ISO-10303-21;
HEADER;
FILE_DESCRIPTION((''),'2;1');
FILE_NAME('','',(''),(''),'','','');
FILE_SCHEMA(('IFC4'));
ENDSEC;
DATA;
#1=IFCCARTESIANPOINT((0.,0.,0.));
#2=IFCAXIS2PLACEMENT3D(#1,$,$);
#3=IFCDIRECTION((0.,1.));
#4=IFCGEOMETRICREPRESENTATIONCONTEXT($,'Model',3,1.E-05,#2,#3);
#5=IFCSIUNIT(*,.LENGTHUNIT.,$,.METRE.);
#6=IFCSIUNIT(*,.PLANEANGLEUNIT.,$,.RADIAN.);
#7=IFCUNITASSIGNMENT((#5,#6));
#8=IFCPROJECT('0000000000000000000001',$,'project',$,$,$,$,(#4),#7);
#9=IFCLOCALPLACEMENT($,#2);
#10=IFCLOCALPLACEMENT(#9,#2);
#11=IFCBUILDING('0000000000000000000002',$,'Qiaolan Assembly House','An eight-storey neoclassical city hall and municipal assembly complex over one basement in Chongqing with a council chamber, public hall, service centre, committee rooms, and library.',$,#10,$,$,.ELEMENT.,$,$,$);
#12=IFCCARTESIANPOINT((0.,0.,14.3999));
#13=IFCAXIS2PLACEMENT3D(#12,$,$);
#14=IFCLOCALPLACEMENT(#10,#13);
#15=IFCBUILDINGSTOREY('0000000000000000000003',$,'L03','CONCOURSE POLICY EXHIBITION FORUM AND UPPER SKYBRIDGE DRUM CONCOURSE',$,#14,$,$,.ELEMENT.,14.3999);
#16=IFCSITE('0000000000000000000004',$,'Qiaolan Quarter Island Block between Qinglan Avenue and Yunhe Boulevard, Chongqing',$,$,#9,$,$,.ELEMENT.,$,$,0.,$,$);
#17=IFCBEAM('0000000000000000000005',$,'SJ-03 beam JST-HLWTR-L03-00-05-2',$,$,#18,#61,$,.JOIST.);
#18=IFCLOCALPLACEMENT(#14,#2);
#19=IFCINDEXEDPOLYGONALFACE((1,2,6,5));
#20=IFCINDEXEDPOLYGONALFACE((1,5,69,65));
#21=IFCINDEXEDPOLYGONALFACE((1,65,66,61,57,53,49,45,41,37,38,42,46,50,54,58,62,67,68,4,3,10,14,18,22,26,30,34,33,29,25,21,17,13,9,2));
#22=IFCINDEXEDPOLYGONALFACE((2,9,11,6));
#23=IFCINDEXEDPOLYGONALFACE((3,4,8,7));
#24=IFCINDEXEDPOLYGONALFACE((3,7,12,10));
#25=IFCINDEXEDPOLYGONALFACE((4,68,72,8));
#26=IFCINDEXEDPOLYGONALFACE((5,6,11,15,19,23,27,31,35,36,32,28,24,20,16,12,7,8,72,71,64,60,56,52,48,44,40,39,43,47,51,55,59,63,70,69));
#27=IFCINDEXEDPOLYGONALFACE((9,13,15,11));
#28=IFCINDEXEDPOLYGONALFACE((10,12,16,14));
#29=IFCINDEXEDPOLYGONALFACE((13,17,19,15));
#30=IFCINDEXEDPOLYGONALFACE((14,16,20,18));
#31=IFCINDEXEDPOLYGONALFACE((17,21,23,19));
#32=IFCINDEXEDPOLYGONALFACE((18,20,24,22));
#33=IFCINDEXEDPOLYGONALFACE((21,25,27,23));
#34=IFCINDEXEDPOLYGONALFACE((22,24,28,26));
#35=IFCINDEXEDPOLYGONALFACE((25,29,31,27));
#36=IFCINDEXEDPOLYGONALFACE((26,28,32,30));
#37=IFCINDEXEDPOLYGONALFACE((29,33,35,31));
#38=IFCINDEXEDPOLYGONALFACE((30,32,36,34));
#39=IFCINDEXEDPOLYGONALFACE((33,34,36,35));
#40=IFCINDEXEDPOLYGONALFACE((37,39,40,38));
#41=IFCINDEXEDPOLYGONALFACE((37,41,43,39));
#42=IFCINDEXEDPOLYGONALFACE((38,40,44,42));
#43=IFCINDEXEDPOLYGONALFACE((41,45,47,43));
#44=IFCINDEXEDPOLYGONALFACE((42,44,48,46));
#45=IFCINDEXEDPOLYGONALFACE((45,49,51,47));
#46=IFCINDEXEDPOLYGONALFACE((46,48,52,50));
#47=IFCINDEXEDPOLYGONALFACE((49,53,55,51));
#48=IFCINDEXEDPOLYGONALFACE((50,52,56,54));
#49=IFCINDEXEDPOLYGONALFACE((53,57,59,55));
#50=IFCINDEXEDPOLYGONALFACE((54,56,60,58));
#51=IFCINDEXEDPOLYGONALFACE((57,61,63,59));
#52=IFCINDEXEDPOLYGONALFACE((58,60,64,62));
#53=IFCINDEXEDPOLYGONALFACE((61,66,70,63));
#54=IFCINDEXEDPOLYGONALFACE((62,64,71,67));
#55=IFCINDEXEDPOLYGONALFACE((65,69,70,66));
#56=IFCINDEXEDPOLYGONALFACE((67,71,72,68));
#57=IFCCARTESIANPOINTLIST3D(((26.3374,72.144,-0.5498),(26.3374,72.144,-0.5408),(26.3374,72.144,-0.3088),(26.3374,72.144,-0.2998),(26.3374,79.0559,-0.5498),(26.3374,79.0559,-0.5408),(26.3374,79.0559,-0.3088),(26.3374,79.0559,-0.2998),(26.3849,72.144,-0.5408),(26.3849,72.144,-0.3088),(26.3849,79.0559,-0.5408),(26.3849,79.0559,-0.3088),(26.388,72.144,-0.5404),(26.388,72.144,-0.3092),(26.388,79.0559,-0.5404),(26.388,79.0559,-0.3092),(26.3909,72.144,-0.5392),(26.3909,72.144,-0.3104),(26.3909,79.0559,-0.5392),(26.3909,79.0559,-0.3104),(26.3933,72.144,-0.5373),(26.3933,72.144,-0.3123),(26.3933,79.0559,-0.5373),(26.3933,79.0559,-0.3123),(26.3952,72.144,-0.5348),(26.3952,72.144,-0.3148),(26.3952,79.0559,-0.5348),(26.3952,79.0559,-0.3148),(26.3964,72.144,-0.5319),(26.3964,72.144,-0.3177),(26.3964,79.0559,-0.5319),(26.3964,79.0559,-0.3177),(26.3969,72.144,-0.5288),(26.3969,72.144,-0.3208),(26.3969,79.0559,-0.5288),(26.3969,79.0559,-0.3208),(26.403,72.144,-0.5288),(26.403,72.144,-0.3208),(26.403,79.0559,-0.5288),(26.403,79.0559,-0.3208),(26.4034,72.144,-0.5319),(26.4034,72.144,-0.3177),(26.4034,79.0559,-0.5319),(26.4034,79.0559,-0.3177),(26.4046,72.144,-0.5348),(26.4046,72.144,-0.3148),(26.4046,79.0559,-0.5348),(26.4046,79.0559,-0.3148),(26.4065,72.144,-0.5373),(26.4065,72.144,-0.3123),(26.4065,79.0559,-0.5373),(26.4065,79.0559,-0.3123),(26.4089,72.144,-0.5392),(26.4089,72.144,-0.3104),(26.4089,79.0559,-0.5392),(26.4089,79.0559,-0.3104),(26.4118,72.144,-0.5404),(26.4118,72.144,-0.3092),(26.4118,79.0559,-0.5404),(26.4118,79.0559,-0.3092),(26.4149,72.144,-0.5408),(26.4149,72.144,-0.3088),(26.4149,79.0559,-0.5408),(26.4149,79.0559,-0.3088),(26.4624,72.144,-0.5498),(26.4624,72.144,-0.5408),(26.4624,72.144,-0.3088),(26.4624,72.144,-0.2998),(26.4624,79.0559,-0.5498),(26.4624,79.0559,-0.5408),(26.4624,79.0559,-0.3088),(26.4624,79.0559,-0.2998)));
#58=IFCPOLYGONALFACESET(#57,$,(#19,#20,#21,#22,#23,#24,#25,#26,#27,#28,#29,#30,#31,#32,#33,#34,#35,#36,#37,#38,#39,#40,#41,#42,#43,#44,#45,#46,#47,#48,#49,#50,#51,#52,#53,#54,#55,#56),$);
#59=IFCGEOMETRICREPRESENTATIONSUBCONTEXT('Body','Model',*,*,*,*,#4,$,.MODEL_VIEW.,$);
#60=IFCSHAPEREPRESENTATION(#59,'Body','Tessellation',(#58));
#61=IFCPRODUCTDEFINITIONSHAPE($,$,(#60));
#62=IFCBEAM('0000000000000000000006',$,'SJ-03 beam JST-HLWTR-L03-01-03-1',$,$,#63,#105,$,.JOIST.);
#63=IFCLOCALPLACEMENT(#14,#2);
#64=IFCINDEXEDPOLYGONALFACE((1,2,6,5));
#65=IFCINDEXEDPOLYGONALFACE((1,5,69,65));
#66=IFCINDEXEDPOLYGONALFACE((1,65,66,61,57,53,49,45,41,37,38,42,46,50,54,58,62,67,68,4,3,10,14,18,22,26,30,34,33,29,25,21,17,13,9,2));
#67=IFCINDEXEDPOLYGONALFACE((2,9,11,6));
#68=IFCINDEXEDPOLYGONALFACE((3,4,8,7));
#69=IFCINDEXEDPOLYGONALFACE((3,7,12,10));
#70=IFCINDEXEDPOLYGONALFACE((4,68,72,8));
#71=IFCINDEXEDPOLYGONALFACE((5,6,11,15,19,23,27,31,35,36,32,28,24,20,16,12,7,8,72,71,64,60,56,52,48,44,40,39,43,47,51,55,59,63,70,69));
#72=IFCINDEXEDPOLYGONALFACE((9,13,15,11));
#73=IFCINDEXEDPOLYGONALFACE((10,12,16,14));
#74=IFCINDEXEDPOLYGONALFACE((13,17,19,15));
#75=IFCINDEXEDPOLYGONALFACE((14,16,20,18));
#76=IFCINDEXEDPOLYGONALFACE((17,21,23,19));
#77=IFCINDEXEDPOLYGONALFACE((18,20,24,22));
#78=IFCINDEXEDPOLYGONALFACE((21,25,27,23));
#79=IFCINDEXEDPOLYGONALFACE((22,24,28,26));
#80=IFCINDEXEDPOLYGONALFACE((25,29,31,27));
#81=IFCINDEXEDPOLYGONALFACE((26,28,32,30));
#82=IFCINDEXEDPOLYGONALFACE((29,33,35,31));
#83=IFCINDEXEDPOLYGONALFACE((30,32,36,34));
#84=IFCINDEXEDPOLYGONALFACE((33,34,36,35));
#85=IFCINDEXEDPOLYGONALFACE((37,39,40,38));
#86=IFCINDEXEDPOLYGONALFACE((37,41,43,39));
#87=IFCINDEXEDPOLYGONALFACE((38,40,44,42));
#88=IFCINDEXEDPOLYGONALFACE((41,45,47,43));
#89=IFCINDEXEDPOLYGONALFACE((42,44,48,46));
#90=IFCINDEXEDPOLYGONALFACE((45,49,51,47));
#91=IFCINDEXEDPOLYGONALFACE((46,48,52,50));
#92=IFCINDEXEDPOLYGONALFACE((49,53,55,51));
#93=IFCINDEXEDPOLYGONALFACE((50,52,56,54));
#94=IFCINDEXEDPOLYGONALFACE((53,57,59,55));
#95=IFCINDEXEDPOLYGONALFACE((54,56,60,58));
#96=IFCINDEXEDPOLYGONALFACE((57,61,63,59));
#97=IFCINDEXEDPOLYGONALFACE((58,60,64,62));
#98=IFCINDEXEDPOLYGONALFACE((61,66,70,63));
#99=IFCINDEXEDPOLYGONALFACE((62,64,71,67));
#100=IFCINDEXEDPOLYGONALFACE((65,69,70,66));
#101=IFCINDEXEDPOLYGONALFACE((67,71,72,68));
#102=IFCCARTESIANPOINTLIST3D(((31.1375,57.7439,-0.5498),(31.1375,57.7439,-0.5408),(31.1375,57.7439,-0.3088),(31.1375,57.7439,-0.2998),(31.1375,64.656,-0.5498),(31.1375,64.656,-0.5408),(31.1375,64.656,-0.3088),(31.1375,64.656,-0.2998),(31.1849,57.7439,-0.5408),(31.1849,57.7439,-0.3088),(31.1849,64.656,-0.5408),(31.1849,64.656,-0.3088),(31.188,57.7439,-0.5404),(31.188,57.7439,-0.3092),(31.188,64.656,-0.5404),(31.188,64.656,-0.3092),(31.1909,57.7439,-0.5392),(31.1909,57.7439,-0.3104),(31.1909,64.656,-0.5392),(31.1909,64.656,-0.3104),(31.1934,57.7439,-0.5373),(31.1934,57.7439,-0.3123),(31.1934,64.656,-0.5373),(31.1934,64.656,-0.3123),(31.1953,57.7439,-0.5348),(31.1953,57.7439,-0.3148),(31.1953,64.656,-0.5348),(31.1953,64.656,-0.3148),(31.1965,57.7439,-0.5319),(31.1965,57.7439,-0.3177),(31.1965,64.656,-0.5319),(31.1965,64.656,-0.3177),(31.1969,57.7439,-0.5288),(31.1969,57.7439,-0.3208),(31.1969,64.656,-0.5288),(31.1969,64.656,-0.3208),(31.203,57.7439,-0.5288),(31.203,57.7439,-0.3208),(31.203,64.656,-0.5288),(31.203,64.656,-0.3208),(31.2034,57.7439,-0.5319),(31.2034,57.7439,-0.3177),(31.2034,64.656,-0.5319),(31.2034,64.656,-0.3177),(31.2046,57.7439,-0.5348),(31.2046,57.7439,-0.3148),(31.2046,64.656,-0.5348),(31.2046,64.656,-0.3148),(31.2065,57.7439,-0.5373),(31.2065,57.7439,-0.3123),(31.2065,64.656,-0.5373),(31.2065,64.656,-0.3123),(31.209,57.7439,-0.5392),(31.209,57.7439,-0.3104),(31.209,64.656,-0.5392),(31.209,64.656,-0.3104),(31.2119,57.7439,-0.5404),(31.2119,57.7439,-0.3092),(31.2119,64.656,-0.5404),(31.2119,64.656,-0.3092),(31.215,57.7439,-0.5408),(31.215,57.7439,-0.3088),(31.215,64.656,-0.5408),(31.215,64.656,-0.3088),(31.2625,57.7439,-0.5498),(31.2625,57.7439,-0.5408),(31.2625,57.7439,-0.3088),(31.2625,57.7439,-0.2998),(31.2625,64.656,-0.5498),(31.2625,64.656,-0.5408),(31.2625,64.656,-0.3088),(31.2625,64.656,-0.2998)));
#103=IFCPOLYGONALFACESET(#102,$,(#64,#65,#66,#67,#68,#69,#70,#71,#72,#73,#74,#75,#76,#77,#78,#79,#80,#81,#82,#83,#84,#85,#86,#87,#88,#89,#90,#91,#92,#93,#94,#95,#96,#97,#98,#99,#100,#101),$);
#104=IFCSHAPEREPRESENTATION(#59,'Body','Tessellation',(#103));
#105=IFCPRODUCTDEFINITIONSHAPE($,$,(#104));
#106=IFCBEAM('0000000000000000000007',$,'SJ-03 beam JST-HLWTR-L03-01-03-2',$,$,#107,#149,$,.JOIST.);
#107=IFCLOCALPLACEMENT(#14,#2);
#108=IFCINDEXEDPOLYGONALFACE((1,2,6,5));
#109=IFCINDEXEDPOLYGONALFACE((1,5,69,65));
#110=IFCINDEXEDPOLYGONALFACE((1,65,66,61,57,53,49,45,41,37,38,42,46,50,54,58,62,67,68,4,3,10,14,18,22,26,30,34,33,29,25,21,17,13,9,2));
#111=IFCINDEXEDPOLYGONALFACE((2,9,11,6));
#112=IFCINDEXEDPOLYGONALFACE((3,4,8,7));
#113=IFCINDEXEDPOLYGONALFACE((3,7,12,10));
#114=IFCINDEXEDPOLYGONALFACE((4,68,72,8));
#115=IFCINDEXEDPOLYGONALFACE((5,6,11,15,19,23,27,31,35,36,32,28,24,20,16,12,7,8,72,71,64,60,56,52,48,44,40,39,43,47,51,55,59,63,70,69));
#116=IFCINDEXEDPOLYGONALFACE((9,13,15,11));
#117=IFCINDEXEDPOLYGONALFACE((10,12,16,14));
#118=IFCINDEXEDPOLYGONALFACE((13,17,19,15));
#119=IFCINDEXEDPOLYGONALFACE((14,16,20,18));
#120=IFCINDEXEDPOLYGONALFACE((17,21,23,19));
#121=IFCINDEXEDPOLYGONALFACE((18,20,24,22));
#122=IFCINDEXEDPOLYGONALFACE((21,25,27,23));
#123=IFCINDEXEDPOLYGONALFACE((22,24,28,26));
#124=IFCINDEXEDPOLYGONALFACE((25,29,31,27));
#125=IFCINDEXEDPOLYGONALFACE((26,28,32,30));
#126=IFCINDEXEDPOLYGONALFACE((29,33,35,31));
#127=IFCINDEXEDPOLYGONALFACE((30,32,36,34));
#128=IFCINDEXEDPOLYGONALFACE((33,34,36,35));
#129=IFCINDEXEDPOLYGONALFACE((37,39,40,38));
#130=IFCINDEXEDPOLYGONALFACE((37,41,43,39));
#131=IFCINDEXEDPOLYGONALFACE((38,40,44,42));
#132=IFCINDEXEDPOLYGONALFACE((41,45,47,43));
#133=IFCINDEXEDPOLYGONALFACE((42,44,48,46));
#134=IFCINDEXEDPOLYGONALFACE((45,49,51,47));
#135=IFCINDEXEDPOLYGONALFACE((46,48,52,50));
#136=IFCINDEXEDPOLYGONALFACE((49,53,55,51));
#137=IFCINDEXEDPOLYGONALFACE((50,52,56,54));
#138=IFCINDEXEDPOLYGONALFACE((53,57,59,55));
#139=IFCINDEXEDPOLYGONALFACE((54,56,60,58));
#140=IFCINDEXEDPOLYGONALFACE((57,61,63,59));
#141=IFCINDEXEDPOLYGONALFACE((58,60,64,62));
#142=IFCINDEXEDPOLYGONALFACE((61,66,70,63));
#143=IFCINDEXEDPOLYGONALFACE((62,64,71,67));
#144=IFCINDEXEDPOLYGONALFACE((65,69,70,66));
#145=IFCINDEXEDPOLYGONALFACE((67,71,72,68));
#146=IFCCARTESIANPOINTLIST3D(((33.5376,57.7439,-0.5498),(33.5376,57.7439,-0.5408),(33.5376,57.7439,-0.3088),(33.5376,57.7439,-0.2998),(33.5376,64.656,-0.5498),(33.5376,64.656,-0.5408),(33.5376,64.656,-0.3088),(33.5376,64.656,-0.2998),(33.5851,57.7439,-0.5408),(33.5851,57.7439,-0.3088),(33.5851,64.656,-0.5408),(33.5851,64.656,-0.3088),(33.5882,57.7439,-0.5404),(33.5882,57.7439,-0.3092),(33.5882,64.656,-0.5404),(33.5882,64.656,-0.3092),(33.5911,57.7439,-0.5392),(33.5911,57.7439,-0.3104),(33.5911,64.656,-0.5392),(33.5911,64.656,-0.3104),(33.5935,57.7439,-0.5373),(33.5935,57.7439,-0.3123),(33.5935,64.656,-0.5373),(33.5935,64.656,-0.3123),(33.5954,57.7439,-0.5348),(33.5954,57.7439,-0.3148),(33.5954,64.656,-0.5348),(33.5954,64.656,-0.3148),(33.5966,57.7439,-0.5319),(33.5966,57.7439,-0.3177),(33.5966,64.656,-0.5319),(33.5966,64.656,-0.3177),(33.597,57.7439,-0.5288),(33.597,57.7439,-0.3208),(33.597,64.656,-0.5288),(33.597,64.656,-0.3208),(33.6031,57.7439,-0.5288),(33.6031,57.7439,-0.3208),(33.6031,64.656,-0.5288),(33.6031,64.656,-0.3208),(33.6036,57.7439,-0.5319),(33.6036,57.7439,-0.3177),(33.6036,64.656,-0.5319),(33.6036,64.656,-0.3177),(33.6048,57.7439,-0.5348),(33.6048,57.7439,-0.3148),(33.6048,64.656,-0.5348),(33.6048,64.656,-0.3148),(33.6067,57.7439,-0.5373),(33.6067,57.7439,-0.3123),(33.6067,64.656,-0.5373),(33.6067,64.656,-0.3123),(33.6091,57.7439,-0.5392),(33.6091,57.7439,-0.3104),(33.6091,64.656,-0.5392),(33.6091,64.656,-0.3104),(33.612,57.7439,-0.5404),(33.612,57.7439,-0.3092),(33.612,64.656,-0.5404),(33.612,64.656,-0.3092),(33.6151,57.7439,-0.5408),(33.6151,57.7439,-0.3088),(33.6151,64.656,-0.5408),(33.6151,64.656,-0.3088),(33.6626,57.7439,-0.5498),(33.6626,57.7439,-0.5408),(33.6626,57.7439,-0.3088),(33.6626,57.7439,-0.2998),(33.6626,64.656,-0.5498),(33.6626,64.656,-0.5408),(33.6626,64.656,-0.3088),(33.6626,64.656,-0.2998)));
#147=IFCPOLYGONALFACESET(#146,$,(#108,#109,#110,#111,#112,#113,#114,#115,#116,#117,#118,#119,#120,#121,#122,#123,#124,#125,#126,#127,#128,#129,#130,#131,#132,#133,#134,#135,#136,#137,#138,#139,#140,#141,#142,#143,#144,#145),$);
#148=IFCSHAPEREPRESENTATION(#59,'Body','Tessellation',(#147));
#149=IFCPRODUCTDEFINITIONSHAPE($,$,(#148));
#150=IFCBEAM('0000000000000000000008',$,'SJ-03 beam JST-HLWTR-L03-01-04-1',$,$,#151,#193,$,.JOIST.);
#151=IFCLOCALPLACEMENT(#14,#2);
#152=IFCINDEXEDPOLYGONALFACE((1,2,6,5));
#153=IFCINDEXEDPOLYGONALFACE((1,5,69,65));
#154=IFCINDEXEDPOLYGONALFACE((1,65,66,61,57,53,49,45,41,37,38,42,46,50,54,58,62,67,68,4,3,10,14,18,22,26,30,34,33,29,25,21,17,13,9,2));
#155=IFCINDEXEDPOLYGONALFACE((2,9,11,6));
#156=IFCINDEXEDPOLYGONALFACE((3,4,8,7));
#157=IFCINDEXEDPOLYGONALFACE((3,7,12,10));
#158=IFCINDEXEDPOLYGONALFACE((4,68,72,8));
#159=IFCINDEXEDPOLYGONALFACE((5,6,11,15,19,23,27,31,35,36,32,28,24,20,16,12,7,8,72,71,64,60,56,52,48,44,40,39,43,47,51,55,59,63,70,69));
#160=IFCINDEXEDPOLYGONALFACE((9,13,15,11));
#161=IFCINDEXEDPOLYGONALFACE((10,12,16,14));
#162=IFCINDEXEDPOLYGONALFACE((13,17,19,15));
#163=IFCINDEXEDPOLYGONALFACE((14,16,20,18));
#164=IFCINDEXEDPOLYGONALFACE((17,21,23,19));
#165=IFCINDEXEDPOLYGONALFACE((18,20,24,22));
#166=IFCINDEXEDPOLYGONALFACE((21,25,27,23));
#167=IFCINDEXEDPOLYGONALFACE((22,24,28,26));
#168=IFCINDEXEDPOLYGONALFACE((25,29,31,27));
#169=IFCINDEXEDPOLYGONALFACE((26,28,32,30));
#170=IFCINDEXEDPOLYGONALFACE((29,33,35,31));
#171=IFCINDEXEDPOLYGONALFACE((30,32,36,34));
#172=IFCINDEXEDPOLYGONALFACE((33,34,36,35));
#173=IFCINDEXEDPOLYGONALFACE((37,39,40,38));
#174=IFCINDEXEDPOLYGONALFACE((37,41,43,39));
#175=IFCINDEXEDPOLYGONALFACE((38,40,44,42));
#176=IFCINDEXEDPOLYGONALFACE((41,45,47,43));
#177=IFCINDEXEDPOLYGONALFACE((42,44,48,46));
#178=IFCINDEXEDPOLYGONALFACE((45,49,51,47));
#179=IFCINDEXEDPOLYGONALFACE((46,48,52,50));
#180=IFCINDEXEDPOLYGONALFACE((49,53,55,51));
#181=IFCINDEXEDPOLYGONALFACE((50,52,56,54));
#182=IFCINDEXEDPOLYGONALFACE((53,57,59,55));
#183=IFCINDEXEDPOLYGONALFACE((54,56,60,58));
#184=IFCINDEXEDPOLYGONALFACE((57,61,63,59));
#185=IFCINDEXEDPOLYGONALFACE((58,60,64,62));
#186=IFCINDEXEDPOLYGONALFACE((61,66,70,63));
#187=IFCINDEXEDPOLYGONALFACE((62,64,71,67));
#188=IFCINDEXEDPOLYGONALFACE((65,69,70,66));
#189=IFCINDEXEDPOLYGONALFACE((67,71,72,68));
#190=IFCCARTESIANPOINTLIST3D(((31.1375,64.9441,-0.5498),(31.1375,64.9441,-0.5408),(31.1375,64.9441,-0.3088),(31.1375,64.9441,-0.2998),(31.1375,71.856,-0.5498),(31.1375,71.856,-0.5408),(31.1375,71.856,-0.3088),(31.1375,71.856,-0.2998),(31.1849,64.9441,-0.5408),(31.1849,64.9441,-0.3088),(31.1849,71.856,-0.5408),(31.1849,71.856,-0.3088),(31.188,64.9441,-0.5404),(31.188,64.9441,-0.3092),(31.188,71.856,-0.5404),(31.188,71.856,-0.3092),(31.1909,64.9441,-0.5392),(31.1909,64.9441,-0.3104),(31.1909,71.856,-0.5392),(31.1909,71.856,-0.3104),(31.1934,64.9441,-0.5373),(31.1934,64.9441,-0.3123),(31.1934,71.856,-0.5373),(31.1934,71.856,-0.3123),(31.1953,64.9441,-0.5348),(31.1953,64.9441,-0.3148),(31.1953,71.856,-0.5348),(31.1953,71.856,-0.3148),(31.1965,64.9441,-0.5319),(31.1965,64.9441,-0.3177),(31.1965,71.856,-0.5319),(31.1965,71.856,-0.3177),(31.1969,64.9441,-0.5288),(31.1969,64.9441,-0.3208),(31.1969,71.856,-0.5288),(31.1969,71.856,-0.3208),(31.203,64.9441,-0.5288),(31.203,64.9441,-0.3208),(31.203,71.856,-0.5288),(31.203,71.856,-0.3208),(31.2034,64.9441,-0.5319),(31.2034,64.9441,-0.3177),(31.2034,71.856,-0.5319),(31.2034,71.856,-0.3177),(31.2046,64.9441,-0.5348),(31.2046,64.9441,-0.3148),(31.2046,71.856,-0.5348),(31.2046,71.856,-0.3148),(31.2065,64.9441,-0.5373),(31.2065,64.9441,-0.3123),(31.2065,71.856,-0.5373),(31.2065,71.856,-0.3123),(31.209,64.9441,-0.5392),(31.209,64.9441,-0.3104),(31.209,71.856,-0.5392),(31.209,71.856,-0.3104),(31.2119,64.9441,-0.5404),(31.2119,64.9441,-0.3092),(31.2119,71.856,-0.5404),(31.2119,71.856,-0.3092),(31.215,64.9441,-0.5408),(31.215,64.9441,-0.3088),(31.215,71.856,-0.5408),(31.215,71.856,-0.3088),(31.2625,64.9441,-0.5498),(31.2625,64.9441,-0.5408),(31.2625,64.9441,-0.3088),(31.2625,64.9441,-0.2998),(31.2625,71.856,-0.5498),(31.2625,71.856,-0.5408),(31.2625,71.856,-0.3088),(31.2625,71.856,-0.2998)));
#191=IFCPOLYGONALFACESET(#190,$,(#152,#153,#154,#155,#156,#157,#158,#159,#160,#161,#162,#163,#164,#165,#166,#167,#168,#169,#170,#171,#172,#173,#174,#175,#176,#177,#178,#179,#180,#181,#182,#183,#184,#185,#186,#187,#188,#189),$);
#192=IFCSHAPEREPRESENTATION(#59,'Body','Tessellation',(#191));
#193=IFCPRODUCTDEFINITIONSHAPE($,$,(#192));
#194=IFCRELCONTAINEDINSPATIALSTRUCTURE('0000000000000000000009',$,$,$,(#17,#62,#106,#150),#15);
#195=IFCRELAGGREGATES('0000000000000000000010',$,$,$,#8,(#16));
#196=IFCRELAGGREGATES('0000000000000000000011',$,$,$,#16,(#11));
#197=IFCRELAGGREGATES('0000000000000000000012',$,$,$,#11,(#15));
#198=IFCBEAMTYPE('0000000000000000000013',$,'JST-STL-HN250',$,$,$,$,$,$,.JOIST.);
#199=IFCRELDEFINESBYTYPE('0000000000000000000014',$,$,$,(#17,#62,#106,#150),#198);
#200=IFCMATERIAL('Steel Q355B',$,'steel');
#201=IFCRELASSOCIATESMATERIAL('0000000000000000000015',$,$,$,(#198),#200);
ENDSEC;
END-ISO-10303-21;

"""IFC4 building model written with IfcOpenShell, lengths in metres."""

from ifc_helpers import new_model, si_unit, direction, frame, origin, origin_2d, place, context, subcontext, project, spatial, i_section, extrude, material, material_profile, profile_set, type_object, element, save


model = new_model("IFC4")

# Units and contexts
model_context = context("Model", 3, precision=1e-05, world=origin(), true_north=direction((0.0, 1.0)))
body_context = subcontext(model_context, "Body", "Model", "MODEL_VIEW")
ifc_project = project(units=[si_unit("LENGTHUNIT", "METRE"), si_unit("PLANEANGLEUNIT", "RADIAN")], contexts=[model_context])

# Site, building, storey
site_placement = place(None, origin())
site = spatial("IfcSite", under=ifc_project, at=site_placement, Name="Qiaolan Quarter Island Block between Qinglan Avenue and Yunhe Boulevard, Chongqing", CompositionType="ELEMENT", RefElevation=0.0)
building_placement = place(site_placement, origin())
building = spatial("IfcBuilding", under=site, at=building_placement, Name="Qiaolan Assembly House", Description="An eight-storey neoclassical city hall and municipal assembly complex over one basement in Chongqing with a council chamber, public hall, service centre, committee rooms, and library.", CompositionType="ELEMENT")
storey_placement = place(building_placement, frame((0.0, 0.0, 14.3999)))
storey = spatial("IfcBuildingStorey", under=building, at=storey_placement, Name="L03", Description="CONCOURSE POLICY EXHIBITION FORUM AND UPPER SKYBRIDGE DRUM CONCOURSE", CompositionType="ELEMENT", Elevation=14.3999)

# Shared definitions
ifc_material = material(Name="Steel Q355B", Category="steel")

# Beams
ifc_material_profile_1 = material_profile(ifc_material, i_section(OverallWidth=0.125, OverallDepth=0.25, WebThickness=0.0061, FlangeThickness=0.009, FilletRadius=0.012, at=origin_2d()), Name="HN 250x125x6x9")
ifc_profile_set_1 = profile_set([ifc_material_profile_1], Name="Steel Q355B")
beam_type_1 = type_object("IfcBeamType", Name="JST-STL-HN250", PredefinedType="JOIST", material=ifc_profile_set_1)
for number, where, z_axis, x_axis, name in (
    (1, (26.3999, 72.144, -0.4248), (0.0, 1.0, 0.0), (-1.0, 0.0, 0.0), "SJ-03 beam JST-HLWTR-L03-00-05-2"),
):
    element("IfcBeam", number, at=place(storey_placement, frame(where, z_axis=z_axis, x_axis=x_axis)), inside=storey, type_object=beam_type_1, Name=name, PredefinedType="JOIST", context=body_context, shape_type="SweptSolid", body=[
        extrude(i_section(OverallWidth=0.125, OverallDepth=0.25, WebThickness=0.0061, FlangeThickness=0.009, FilletRadius=0.012, at=origin_2d()), origin(), (0.0, 0.0, 1.0), 6.9119),
    ])
for number, where, z_axis, x_axis, name in (
    (2, (31.2, 57.7439, -0.4248), (0.0, 1.0, 0.0), (-1.0, 0.0, 0.0), "SJ-03 beam JST-HLWTR-L03-01-03-1"),
    (3, (33.6001, 57.7439, -0.4248), (0.0, 1.0, 0.0), (-1.0, 0.0, 0.0), "SJ-03 beam JST-HLWTR-L03-01-03-2"),
):
    element("IfcBeam", number, at=place(storey_placement, frame(where, z_axis=z_axis, x_axis=x_axis)), inside=storey, type_object=beam_type_1, Name=name, PredefinedType="JOIST", context=body_context, shape_type="SweptSolid", body=[
        extrude(i_section(OverallWidth=0.125, OverallDepth=0.25, WebThickness=0.0061, FlangeThickness=0.009, FilletRadius=0.012, at=origin_2d()), origin(), (0.0, 0.0, 1.0), 6.9121),
    ])
for number, where, z_axis, x_axis, name in (
    (4, (31.2, 64.9441, -0.4248), (0.0, 1.0, 0.0), (-1.0, 0.0, 0.0), "SJ-03 beam JST-HLWTR-L03-01-04-1"),
):
    element("IfcBeam", number, at=place(storey_placement, frame(where, z_axis=z_axis, x_axis=x_axis)), inside=storey, type_object=beam_type_1, Name=name, PredefinedType="JOIST", context=body_context, shape_type="SweptSolid", body=[
        extrude(i_section(OverallWidth=0.125, OverallDepth=0.25, WebThickness=0.0061, FlangeThickness=0.009, FilletRadius=0.012, at=origin_2d()), origin(), (0.0, 0.0, 1.0), 6.9119),
    ])

save(model, "model.ifc")
